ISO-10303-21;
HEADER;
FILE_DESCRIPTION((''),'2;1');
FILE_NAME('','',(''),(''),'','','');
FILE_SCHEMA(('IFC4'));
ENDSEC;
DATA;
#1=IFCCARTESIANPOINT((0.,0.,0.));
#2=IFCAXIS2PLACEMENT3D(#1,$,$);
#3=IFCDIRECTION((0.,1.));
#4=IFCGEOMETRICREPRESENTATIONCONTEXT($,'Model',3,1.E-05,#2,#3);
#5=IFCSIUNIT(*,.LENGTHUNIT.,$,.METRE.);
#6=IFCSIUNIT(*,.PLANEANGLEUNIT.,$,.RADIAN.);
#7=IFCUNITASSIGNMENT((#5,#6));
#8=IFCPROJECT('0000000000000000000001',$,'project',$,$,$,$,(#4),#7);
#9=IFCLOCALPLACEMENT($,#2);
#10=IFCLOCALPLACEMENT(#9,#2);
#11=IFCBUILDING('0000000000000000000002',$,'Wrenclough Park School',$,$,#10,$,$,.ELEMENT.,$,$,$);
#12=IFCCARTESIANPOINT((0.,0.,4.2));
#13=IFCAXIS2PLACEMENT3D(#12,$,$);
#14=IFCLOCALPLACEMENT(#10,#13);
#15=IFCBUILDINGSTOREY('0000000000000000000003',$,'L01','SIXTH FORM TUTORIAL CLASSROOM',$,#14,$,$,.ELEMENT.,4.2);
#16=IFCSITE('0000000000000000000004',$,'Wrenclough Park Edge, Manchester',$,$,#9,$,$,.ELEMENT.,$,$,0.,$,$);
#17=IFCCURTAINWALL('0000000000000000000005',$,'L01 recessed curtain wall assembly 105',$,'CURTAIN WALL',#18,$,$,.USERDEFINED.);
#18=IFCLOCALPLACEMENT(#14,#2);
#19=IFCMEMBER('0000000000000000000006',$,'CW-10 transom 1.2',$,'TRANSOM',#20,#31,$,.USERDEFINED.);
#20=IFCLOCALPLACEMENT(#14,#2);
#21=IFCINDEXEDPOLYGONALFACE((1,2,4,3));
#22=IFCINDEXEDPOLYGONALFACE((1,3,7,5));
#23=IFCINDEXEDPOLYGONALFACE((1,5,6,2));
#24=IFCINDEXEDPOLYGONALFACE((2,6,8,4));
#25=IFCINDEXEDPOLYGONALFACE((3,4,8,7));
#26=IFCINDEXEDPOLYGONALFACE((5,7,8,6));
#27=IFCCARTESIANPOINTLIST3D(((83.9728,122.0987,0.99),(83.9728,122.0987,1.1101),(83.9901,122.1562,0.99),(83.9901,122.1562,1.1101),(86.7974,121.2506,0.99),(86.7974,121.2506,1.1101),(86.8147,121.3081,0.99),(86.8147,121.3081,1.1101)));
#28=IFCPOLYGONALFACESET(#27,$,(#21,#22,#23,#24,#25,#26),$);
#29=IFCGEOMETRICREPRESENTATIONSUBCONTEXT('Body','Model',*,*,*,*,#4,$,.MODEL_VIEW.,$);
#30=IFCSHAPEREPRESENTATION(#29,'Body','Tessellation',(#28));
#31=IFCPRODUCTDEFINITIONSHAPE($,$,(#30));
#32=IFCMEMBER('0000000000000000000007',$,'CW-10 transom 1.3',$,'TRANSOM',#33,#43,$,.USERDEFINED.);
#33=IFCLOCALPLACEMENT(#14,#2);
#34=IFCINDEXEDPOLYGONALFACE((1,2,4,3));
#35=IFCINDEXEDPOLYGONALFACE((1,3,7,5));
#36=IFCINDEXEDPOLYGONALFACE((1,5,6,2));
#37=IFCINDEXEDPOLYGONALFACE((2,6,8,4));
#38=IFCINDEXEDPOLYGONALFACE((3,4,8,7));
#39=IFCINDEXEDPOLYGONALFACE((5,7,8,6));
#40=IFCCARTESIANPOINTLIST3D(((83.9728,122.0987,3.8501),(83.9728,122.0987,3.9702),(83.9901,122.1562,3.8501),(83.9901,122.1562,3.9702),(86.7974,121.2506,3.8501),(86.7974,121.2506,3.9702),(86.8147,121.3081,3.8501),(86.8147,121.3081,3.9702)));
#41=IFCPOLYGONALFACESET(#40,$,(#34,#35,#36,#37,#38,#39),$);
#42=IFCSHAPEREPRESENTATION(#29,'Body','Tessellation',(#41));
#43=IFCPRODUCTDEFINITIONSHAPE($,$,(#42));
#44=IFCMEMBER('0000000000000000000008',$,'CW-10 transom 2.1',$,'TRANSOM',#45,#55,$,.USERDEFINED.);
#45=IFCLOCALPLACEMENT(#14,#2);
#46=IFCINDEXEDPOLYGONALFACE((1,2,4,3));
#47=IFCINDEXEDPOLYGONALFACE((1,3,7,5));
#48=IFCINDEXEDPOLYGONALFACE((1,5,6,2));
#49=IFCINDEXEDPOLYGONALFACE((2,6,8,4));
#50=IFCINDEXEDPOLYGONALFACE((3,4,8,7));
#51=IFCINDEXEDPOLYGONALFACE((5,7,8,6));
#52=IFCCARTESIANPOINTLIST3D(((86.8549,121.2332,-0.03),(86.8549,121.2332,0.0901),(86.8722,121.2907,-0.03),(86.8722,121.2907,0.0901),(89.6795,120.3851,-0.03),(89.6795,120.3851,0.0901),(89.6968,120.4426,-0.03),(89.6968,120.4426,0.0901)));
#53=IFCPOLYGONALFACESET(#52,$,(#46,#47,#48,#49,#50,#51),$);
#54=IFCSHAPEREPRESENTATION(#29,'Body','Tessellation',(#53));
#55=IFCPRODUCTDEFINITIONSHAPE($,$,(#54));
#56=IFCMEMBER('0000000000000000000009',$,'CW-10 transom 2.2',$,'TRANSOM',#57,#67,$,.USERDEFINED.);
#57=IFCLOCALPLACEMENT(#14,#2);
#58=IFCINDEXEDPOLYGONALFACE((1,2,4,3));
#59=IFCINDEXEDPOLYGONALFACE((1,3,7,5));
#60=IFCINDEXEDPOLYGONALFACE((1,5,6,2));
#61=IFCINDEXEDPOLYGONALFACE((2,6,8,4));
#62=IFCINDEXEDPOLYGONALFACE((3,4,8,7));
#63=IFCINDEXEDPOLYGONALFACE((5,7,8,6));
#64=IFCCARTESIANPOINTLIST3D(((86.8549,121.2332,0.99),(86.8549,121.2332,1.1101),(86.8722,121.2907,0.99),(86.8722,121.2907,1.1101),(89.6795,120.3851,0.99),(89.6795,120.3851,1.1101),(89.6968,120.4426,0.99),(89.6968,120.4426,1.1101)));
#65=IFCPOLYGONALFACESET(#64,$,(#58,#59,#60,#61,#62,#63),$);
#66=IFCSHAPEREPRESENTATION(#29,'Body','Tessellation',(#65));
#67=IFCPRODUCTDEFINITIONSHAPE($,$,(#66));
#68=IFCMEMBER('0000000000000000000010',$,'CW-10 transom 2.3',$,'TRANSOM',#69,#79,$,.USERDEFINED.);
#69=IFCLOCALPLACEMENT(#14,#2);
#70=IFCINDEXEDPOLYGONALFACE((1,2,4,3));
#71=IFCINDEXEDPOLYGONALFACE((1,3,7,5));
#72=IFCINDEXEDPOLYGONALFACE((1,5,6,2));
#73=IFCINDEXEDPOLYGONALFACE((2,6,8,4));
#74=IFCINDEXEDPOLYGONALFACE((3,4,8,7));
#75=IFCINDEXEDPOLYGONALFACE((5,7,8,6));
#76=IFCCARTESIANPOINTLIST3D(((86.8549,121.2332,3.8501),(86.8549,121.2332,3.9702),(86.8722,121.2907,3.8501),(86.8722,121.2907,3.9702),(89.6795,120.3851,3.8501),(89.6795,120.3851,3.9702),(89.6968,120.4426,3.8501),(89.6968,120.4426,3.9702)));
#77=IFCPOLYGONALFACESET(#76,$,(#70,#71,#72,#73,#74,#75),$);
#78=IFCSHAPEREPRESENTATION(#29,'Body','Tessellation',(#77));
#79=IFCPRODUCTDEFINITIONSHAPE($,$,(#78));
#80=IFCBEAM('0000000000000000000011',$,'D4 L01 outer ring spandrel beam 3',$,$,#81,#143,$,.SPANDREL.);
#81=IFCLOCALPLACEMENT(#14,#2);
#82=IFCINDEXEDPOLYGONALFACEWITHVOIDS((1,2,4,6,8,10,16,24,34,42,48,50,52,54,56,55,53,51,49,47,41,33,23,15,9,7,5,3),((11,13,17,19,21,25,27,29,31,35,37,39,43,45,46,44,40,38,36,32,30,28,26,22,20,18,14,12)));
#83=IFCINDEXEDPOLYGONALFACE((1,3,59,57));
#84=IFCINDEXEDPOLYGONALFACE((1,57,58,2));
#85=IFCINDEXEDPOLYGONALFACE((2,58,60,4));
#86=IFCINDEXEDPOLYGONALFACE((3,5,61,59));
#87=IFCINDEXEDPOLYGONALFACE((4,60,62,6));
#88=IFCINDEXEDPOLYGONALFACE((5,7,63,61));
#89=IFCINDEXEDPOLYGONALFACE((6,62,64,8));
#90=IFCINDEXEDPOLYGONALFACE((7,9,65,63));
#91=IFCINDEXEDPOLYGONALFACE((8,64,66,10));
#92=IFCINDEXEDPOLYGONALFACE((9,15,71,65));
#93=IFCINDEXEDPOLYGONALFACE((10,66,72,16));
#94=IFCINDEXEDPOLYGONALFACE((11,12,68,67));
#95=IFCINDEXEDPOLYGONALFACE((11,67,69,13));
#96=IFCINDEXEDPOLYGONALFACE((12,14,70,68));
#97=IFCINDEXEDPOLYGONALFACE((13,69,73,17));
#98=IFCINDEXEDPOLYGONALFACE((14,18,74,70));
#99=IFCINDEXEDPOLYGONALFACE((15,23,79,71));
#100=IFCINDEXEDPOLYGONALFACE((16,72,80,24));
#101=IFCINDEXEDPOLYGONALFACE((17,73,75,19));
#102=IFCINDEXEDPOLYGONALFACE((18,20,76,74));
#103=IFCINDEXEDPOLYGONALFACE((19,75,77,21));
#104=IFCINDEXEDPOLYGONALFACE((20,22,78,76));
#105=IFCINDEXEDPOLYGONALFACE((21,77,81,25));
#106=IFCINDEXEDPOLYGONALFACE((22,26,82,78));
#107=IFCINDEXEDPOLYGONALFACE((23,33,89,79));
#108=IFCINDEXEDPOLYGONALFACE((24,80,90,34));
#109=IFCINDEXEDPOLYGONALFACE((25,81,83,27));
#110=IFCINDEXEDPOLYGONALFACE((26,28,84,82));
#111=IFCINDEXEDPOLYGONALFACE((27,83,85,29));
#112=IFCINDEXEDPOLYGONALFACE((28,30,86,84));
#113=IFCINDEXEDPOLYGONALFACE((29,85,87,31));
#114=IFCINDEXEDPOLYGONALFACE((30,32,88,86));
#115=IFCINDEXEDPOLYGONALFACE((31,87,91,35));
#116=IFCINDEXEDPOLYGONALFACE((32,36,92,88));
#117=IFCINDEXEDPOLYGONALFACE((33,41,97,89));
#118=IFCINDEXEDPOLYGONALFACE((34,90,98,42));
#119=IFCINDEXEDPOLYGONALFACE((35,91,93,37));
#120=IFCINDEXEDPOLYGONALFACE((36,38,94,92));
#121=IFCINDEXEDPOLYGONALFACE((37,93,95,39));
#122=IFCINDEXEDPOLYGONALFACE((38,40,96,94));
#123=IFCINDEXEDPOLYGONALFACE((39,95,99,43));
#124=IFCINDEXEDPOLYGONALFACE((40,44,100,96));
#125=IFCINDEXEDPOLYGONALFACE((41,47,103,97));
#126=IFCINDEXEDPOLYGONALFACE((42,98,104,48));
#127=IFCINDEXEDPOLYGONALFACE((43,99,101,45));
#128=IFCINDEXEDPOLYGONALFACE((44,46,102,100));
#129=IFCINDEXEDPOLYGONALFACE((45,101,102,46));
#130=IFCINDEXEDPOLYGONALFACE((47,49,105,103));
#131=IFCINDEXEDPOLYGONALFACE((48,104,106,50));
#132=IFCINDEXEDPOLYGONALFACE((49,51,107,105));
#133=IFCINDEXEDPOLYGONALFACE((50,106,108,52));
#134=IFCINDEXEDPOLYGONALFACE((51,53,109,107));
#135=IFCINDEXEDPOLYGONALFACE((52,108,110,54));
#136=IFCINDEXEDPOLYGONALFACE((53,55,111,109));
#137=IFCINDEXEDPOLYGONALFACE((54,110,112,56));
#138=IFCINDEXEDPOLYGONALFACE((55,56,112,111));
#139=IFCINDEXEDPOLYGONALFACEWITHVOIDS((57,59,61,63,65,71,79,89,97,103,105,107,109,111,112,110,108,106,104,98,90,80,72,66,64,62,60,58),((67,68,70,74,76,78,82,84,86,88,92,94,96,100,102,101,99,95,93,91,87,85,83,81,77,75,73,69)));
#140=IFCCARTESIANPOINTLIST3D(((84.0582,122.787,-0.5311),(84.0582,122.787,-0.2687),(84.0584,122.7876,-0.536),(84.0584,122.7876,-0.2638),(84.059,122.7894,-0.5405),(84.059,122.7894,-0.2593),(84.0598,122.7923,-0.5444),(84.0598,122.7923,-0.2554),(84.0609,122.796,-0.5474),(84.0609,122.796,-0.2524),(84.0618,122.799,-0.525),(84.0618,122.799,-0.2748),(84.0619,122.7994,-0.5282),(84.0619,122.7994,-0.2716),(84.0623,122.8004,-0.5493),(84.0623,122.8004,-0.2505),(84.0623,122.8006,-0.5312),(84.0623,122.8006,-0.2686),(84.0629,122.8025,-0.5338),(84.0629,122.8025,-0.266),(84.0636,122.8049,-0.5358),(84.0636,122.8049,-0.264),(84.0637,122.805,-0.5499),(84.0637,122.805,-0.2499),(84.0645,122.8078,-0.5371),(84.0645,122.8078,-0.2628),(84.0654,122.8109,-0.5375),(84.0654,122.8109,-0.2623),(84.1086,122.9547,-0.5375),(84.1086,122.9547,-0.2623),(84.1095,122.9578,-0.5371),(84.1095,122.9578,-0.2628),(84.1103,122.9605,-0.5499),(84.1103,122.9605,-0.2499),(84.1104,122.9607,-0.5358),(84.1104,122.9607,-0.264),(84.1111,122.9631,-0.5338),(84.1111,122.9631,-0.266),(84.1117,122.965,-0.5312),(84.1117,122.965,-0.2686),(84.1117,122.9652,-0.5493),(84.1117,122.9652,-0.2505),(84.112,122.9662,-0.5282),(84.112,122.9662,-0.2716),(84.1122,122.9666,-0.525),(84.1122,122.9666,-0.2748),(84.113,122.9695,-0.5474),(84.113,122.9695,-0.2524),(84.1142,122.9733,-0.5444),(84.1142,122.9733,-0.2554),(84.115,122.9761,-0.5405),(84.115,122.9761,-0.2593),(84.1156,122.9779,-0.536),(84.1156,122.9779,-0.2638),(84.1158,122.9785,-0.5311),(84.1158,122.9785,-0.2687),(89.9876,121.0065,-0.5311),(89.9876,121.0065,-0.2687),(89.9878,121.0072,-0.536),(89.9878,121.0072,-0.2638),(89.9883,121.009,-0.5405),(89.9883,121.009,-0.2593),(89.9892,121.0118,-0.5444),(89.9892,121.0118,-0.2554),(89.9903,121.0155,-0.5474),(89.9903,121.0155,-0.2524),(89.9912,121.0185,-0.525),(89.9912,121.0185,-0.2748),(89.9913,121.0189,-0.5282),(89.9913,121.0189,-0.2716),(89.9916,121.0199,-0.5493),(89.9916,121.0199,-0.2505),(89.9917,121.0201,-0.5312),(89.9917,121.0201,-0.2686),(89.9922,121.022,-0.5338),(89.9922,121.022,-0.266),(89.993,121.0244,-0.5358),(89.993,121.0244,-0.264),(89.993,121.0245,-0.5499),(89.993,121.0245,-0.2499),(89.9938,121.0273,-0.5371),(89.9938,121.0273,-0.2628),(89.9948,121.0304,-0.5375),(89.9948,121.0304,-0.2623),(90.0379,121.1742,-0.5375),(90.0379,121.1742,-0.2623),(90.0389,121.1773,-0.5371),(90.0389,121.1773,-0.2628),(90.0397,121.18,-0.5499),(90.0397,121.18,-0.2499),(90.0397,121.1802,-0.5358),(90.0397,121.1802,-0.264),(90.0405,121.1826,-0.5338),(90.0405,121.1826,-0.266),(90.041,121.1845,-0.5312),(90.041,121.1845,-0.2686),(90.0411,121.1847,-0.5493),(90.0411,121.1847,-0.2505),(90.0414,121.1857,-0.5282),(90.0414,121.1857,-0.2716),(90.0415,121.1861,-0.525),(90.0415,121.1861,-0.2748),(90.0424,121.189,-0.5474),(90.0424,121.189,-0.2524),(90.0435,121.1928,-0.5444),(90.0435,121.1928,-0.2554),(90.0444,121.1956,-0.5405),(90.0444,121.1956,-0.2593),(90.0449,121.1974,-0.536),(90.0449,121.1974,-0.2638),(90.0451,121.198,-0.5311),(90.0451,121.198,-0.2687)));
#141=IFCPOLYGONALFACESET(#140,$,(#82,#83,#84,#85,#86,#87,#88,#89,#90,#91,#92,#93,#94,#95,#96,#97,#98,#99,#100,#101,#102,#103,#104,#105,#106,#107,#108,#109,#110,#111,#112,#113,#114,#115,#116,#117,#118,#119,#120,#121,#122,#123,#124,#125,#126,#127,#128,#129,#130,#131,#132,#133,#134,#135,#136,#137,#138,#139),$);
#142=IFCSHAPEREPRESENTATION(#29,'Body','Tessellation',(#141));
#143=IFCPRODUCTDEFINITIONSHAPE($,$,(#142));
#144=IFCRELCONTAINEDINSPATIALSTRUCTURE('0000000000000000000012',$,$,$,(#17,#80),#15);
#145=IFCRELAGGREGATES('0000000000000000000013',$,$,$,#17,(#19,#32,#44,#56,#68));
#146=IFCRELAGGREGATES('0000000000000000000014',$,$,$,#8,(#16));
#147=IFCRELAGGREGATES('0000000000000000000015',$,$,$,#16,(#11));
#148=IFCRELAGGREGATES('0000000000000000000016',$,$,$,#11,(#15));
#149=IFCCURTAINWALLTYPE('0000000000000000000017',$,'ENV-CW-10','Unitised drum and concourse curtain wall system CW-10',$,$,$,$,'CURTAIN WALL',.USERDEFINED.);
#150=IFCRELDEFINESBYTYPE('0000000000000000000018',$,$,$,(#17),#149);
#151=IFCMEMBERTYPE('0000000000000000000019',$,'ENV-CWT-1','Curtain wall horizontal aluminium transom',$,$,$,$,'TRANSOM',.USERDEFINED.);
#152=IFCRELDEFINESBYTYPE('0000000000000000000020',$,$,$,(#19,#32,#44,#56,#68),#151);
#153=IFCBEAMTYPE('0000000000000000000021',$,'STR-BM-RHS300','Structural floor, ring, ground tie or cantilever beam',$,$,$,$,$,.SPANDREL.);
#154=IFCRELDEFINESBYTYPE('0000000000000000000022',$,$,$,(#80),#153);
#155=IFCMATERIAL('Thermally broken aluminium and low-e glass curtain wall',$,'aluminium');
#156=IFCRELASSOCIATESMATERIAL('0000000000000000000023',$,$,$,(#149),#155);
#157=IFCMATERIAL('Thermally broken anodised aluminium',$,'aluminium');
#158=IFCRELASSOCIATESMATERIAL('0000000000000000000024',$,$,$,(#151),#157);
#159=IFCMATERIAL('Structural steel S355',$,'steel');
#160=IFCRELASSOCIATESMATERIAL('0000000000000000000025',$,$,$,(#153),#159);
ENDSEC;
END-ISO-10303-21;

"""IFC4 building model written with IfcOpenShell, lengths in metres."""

from ifc_helpers import new_model, si_unit, direction, frame, origin, origin_2d, place, context, subcontext, project, spatial, rectangle, hollow_rectangle, extrude, material, material_profile, profile_set, type_object, element, aggregate, save


model = new_model("IFC4")

# Units and contexts
model_context = context("Model", 3, precision=1e-05, world=origin(), true_north=direction((0.0, 1.0)))
body_context = subcontext(model_context, "Body", "Model", "MODEL_VIEW")
ifc_project = project(units=[si_unit("LENGTHUNIT", "METRE"), si_unit("PLANEANGLEUNIT", "RADIAN")], contexts=[model_context])

# Site, building, storey
site_placement = place(None, origin())
site = spatial("IfcSite", under=ifc_project, at=site_placement, Name="Wrenclough Park Edge, Manchester", CompositionType="ELEMENT", RefElevation=0.0)
building_placement = place(site_placement, origin())
building = spatial("IfcBuilding", under=site, at=building_placement, Name="Wrenclough Park School", CompositionType="ELEMENT")
storey_placement = place(building_placement, frame((0.0, 0.0, 4.2)))
storey = spatial("IfcBuildingStorey", under=building, at=storey_placement, Name="L01", Description="SIXTH FORM TUTORIAL CLASSROOM", CompositionType="ELEMENT", Elevation=4.2)

# Shared definitions
ifc_material_1 = material(Name="Structural steel S355", Category="steel")

# Curtain wall
ifc_material_2 = material(Name="Thermally broken aluminium and low-e glass curtain wall", Category="aluminium")
curtain_wall_type_1 = type_object("IfcCurtainWallType", Name="ENV-CW-10", Description="Unitised drum and concourse curtain wall system CW-10", ElementType="CURTAIN WALL", PredefinedType="USERDEFINED", material=ifc_material_2)
curtain_wall_1_placement = place(storey_placement, origin())
curtain_wall_1 = element("IfcCurtainWall", 1, at=curtain_wall_1_placement, inside=storey, type_object=curtain_wall_type_1, Name="L01 recessed curtain wall assembly 105", ObjectType="CURTAIN WALL", PredefinedType="USERDEFINED")
ifc_material_3 = material(Name="Thermally broken anodised aluminium", Category="aluminium")

# Members
ifc_material_profile_1 = material_profile(ifc_material_3, rectangle(XDim=0.0601, YDim=0.1201, at=origin_2d()), Name="AL TRANSOM 60x120")
ifc_profile_set_1 = profile_set([ifc_material_profile_1], Name="Thermally broken anodised aluminium")
member_type_1 = type_object("IfcMemberType", Name="ENV-CWT-1", Description="Curtain wall horizontal aluminium transom", ElementType="TRANSOM", PredefinedType="USERDEFINED", material=ifc_profile_set_1)
member_1_placement = place(storey_placement, frame((83.9814, 122.1274, 1.05), z_axis=(0.957758, -0.287576, 0.0), x_axis=(0.287576, 0.957758, 0.0)))
member_1 = element("IfcMember", 2, at=member_1_placement, type_object=member_type_1, Name="CW-10 transom 1.2", ObjectType="TRANSOM", PredefinedType="USERDEFINED", context=body_context, shape_type="SweptSolid", body=[
    extrude(rectangle(XDim=0.0601, YDim=0.1201, at=origin_2d()), origin(), (0.0, 0.0, 1.0), 2.9492),
])
member_2_placement = place(storey_placement, frame((83.9814, 122.1274, 3.9102), z_axis=(0.957758, -0.287576, 0.0), x_axis=(0.287576, 0.957758, 0.0)))
member_2 = element("IfcMember", 3, at=member_2_placement, type_object=member_type_1, Name="CW-10 transom 1.3", ObjectType="TRANSOM", PredefinedType="USERDEFINED", context=body_context, shape_type="SweptSolid", body=[
    extrude(rectangle(XDim=0.0601, YDim=0.1201, at=origin_2d()), origin(), (0.0, 0.0, 1.0), 2.9492),
])
member_3_placement = place(storey_placement, frame((86.8635, 121.262, 0.03), z_axis=(0.957758, -0.287576, 0.0), x_axis=(0.287576, 0.957758, 0.0)))
member_3 = element("IfcMember", 4, at=member_3_placement, type_object=member_type_1, Name="CW-10 transom 2.1", ObjectType="TRANSOM", PredefinedType="USERDEFINED", context=body_context, shape_type="SweptSolid", body=[
    extrude(rectangle(XDim=0.0601, YDim=0.1201, at=origin_2d()), origin(), (0.0, 0.0, 1.0), 2.9492),
])
member_4_placement = place(storey_placement, frame((86.8635, 121.262, 1.05), z_axis=(0.957758, -0.287576, 0.0), x_axis=(0.287576, 0.957758, 0.0)))
member_4 = element("IfcMember", 5, at=member_4_placement, type_object=member_type_1, Name="CW-10 transom 2.2", ObjectType="TRANSOM", PredefinedType="USERDEFINED", context=body_context, shape_type="SweptSolid", body=[
    extrude(rectangle(XDim=0.0601, YDim=0.1201, at=origin_2d()), origin(), (0.0, 0.0, 1.0), 2.9492),
])
member_5_placement = place(storey_placement, frame((86.8635, 121.262, 3.9102), z_axis=(0.957758, -0.287576, 0.0), x_axis=(0.287576, 0.957758, 0.0)))
member_5 = element("IfcMember", 6, at=member_5_placement, type_object=member_type_1, Name="CW-10 transom 2.3", ObjectType="TRANSOM", PredefinedType="USERDEFINED", context=body_context, shape_type="SweptSolid", body=[
    extrude(rectangle(XDim=0.0601, YDim=0.1201, at=origin_2d()), origin(), (0.0, 0.0, 1.0), 2.9492),
])

# Beam
ifc_material_profile_2 = material_profile(ifc_material_1, hollow_rectangle(XDim=0.2, YDim=0.3, WallThickness=0.0125, InnerFilletRadius=0.0125, OuterFilletRadius=0.0188, at=origin_2d()), Name="RHS 300x200x12.5")
ifc_profile_set_2 = profile_set([ifc_material_profile_2], Name="Structural steel S355")
beam_type = type_object("IfcBeamType", Name="STR-BM-RHS300", Description="Structural floor, ring, ground tie or cantilever beam", PredefinedType="SPANDREL", material=ifc_profile_set_2)
beam_1_placement = place(storey_placement, frame((90.0164, 121.1023, -0.3999), z_axis=(-0.957751, 0.287598, 0.0), x_axis=(-0.287598, -0.957751, 0.0)))
element("IfcBeam", 7, at=beam_1_placement, inside=storey, type_object=beam_type, Name="D4 L01 outer ring spandrel beam 3", PredefinedType="SPANDREL", context=body_context, shape_type="SweptSolid", body=[
    extrude(hollow_rectangle(XDim=0.2, YDim=0.3, WallThickness=0.0125, InnerFilletRadius=0.0125, OuterFilletRadius=0.0188, at=origin_2d()), origin(), (0.0, 0.0, 1.0), 6.1909),
])

aggregate(curtain_wall_1, [member_1, member_2, member_3, member_4, member_5])

save(model, "model.ifc")
